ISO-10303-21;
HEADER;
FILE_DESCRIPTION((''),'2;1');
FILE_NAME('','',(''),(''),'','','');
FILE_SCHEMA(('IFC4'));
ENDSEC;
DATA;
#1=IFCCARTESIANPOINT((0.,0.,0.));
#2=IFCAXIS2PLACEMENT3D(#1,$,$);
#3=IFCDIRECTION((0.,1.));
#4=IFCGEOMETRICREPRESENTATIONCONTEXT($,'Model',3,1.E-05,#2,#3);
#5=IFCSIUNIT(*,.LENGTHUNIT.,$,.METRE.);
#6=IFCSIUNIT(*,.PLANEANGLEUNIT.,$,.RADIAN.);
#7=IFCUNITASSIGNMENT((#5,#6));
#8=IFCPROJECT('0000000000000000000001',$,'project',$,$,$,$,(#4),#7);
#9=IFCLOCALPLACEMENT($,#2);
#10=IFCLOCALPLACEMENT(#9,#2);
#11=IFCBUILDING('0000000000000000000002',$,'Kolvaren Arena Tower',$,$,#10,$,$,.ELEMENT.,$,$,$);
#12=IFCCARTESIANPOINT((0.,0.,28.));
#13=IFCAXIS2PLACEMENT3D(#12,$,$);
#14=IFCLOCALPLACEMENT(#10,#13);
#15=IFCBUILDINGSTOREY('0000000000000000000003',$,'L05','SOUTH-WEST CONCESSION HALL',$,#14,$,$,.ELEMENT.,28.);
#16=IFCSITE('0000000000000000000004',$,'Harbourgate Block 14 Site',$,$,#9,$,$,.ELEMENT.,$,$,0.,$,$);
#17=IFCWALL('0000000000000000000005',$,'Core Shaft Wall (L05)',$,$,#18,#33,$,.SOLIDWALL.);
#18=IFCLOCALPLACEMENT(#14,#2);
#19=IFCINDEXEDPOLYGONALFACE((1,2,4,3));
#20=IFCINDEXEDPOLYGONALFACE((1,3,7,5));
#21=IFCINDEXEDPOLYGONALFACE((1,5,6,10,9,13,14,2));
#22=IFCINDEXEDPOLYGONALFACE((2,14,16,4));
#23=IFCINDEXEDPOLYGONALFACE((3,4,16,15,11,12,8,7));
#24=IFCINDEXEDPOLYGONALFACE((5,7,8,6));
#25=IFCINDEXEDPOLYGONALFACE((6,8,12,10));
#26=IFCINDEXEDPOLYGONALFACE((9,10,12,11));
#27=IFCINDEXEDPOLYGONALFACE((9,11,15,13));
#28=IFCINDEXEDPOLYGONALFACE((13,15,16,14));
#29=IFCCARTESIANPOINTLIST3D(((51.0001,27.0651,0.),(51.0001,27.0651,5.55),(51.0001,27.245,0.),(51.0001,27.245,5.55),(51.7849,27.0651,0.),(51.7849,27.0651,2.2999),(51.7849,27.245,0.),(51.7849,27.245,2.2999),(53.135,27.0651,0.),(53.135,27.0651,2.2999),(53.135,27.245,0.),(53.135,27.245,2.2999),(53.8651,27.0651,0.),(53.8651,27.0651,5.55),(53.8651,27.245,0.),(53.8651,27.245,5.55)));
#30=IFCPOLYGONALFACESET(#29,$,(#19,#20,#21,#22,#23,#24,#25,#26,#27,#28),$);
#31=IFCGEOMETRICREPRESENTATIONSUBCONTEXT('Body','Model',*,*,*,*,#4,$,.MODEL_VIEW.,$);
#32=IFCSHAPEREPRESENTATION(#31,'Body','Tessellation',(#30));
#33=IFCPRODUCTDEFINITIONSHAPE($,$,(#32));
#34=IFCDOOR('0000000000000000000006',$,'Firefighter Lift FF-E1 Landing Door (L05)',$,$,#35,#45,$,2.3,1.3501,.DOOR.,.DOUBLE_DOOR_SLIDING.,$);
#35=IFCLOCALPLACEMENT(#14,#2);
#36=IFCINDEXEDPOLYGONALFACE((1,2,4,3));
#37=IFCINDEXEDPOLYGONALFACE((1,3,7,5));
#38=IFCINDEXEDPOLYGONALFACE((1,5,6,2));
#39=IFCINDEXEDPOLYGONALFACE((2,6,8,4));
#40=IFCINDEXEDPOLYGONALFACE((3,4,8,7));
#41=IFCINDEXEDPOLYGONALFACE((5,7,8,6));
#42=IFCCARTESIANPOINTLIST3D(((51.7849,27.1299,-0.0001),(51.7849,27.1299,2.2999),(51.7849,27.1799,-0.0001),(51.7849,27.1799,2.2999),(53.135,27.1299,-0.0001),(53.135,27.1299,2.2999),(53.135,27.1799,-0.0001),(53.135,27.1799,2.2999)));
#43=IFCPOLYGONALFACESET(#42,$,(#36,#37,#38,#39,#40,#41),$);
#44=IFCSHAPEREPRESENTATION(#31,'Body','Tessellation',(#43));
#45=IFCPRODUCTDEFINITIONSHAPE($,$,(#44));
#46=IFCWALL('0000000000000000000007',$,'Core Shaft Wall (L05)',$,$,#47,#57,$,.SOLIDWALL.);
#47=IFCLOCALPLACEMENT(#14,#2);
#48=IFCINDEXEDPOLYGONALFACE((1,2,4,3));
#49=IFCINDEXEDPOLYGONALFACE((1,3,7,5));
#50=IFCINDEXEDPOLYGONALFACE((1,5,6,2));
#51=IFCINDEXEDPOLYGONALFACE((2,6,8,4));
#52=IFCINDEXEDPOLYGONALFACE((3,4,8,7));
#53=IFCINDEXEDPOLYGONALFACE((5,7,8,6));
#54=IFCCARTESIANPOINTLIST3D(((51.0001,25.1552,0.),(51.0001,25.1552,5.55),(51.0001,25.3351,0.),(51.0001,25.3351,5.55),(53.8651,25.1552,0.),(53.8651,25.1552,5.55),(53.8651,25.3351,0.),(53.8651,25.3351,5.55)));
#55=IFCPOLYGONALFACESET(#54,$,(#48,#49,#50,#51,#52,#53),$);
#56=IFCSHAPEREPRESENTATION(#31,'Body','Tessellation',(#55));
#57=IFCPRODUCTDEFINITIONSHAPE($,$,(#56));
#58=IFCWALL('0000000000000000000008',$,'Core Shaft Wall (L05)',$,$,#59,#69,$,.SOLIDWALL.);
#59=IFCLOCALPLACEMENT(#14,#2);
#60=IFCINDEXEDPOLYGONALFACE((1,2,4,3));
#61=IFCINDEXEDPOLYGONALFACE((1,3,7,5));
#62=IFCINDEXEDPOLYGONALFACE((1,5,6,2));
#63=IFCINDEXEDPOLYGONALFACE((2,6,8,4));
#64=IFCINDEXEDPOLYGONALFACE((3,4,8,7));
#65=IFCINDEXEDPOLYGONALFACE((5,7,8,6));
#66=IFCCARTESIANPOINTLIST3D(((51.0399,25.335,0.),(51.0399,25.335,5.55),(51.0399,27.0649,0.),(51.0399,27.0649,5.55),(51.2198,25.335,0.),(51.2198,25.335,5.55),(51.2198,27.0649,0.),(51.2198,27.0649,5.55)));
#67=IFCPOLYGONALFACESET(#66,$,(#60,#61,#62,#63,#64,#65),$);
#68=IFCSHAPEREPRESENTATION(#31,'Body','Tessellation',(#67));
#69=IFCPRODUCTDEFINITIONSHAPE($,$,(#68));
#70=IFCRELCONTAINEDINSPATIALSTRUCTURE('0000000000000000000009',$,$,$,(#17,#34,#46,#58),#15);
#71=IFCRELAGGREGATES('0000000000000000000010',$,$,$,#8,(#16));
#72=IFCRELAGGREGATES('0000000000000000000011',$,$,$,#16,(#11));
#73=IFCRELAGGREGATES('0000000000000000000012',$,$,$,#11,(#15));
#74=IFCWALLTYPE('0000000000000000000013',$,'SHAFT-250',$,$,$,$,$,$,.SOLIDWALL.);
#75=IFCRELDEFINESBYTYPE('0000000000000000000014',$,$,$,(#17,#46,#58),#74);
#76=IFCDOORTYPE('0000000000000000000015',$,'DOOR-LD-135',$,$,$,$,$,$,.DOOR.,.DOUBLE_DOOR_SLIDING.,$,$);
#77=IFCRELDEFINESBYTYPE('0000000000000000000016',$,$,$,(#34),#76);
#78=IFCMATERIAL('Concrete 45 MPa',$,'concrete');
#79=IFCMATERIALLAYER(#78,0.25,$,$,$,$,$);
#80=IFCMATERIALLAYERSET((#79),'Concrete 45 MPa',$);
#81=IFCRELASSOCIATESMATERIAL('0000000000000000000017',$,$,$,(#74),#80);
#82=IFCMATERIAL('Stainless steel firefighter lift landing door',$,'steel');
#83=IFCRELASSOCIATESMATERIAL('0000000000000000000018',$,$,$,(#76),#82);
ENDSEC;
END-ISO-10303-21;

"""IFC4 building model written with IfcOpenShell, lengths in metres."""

from ifc_helpers import new_model, si_unit, direction, frame, frame_2d, origin, place, context, subcontext, project, spatial, rectangle, extrude, material, layer, layer_set, type_object, element, fill, save


model = new_model("IFC4")

# Units and contexts
model_context = context("Model", 3, precision=1e-05, world=origin(), true_north=direction((0.0, 1.0)))
body_context = subcontext(model_context, "Body", "Model", "MODEL_VIEW")
ifc_project = project(units=[si_unit("LENGTHUNIT", "METRE"), si_unit("PLANEANGLEUNIT", "RADIAN")], contexts=[model_context])

# Site, building, storey
site_placement = place(None, origin())
site = spatial("IfcSite", under=ifc_project, at=site_placement, Name="Harbourgate Block 14 Site", CompositionType="ELEMENT", RefElevation=0.0)
building_placement = place(site_placement, origin())
building = spatial("IfcBuilding", under=site, at=building_placement, Name="Kolvaren Arena Tower", CompositionType="ELEMENT")
storey_placement = place(building_placement, frame((0.0, 0.0, 28.0)))
storey = spatial("IfcBuildingStorey", under=building, at=storey_placement, Name="L05", Description="SOUTH-WEST CONCESSION HALL", CompositionType="ELEMENT", Elevation=28.0)

# Shared definitions
ifc_material_1 = material(Name="Concrete 45 MPa", Category="concrete")
ifc_layer_1 = layer(ifc_material_1, 0.25)
ifc_layer_set_1 = layer_set([ifc_layer_1], Name="Concrete 45 MPa")
wall_type_1 = type_object("IfcWallType", Name="SHAFT-250", PredefinedType="SOLIDWALL", material=ifc_layer_set_1)

# Wall, opening, door
wall_1_placement = place(storey_placement, frame((51.0, 27.155, 0.0), z_axis=(0.0, 0.0, 1.0), x_axis=(1.0, 0.0, 0.0)))
wall_1 = element("IfcWall", 1, at=wall_1_placement, inside=storey, type_object=wall_type_1, Name="Core Shaft Wall (L05)", PredefinedType="SOLIDWALL", context=body_context, shape_type="SweptSolid", body=[
    extrude(rectangle(XDim=2.865, YDim=0.1799, at=frame_2d((1.4326, 0.0))), origin(), (0.0, 0.0, 1.0), 5.55),
])
opening_placement = place(wall_1_placement, frame((0.7849, 0.0, 0.0)))
opening = element("IfcOpeningElement", 2, at=opening_placement, cuts=wall_1, PredefinedType="OPENING", context=body_context, shape_type="SweptSolid", body=[
    extrude(rectangle(XDim=1.3501, YDim=2.3, at=frame_2d((0.675, 1.1499))), frame((0.0, 0.0999, 0.0), z_axis=(0.0, -1.0, 0.0), x_axis=(1.0, 0.0, 0.0)), (0.0, 0.0, 1.0), 0.2),
])
ifc_material_2 = material(Name="Stainless steel firefighter lift landing door", Category="steel")
door_type = type_object("IfcDoorType", Name="DOOR-LD-135", OperationType="DOUBLE_DOOR_SLIDING", PredefinedType="DOOR", material=ifc_material_2)
door_placement = place(opening_placement, origin())
door = element("IfcDoor", 3, at=door_placement, inside=storey, type_object=door_type, Name="Firefighter Lift FF-E1 Landing Door (L05)", OperationType="DOUBLE_DOOR_SLIDING", OverallHeight=2.3, OverallWidth=1.3501, PredefinedType="DOOR", context=body_context, shape_type="SweptSolid", body=[
    extrude(rectangle(XDim=1.3501, YDim=2.3, at=frame_2d((0.675, 1.1499))), frame((0.0, 0.0249, 0.0), z_axis=(0.0, -1.0, 0.0), x_axis=(1.0, 0.0, 0.0)), (0.0, 0.0, 1.0), 0.05),
])
fill(opening, door)

# Walls
wall_2_placement = place(storey_placement, frame((51.0, 25.2451, 0.0), z_axis=(0.0, 0.0, 1.0), x_axis=(1.0, 0.0, 0.0)))
element("IfcWall", 4, at=wall_2_placement, inside=storey, type_object=wall_type_1, Name="Core Shaft Wall (L05)", PredefinedType="SOLIDWALL", context=body_context, shape_type="SweptSolid", body=[
    extrude(rectangle(XDim=2.865, YDim=0.1799, at=frame_2d((1.4326, 0.0))), origin(), (0.0, 0.0, 1.0), 5.55),
])
wall_3_placement = place(storey_placement, frame((51.1299, 25.335, 0.0), z_axis=(0.0, 0.0, 1.0), x_axis=(0.0, 1.0, 0.0)))
element("IfcWall", 5, at=wall_3_placement, inside=storey, type_object=wall_type_1, Name="Core Shaft Wall (L05)", PredefinedType="SOLIDWALL", context=body_context, shape_type="SweptSolid", body=[
    extrude(rectangle(XDim=1.73, YDim=0.1799, at=frame_2d((0.865, 0.0))), origin(), (0.0, 0.0, 1.0), 5.55),
])

save(model, "model.ifc")
